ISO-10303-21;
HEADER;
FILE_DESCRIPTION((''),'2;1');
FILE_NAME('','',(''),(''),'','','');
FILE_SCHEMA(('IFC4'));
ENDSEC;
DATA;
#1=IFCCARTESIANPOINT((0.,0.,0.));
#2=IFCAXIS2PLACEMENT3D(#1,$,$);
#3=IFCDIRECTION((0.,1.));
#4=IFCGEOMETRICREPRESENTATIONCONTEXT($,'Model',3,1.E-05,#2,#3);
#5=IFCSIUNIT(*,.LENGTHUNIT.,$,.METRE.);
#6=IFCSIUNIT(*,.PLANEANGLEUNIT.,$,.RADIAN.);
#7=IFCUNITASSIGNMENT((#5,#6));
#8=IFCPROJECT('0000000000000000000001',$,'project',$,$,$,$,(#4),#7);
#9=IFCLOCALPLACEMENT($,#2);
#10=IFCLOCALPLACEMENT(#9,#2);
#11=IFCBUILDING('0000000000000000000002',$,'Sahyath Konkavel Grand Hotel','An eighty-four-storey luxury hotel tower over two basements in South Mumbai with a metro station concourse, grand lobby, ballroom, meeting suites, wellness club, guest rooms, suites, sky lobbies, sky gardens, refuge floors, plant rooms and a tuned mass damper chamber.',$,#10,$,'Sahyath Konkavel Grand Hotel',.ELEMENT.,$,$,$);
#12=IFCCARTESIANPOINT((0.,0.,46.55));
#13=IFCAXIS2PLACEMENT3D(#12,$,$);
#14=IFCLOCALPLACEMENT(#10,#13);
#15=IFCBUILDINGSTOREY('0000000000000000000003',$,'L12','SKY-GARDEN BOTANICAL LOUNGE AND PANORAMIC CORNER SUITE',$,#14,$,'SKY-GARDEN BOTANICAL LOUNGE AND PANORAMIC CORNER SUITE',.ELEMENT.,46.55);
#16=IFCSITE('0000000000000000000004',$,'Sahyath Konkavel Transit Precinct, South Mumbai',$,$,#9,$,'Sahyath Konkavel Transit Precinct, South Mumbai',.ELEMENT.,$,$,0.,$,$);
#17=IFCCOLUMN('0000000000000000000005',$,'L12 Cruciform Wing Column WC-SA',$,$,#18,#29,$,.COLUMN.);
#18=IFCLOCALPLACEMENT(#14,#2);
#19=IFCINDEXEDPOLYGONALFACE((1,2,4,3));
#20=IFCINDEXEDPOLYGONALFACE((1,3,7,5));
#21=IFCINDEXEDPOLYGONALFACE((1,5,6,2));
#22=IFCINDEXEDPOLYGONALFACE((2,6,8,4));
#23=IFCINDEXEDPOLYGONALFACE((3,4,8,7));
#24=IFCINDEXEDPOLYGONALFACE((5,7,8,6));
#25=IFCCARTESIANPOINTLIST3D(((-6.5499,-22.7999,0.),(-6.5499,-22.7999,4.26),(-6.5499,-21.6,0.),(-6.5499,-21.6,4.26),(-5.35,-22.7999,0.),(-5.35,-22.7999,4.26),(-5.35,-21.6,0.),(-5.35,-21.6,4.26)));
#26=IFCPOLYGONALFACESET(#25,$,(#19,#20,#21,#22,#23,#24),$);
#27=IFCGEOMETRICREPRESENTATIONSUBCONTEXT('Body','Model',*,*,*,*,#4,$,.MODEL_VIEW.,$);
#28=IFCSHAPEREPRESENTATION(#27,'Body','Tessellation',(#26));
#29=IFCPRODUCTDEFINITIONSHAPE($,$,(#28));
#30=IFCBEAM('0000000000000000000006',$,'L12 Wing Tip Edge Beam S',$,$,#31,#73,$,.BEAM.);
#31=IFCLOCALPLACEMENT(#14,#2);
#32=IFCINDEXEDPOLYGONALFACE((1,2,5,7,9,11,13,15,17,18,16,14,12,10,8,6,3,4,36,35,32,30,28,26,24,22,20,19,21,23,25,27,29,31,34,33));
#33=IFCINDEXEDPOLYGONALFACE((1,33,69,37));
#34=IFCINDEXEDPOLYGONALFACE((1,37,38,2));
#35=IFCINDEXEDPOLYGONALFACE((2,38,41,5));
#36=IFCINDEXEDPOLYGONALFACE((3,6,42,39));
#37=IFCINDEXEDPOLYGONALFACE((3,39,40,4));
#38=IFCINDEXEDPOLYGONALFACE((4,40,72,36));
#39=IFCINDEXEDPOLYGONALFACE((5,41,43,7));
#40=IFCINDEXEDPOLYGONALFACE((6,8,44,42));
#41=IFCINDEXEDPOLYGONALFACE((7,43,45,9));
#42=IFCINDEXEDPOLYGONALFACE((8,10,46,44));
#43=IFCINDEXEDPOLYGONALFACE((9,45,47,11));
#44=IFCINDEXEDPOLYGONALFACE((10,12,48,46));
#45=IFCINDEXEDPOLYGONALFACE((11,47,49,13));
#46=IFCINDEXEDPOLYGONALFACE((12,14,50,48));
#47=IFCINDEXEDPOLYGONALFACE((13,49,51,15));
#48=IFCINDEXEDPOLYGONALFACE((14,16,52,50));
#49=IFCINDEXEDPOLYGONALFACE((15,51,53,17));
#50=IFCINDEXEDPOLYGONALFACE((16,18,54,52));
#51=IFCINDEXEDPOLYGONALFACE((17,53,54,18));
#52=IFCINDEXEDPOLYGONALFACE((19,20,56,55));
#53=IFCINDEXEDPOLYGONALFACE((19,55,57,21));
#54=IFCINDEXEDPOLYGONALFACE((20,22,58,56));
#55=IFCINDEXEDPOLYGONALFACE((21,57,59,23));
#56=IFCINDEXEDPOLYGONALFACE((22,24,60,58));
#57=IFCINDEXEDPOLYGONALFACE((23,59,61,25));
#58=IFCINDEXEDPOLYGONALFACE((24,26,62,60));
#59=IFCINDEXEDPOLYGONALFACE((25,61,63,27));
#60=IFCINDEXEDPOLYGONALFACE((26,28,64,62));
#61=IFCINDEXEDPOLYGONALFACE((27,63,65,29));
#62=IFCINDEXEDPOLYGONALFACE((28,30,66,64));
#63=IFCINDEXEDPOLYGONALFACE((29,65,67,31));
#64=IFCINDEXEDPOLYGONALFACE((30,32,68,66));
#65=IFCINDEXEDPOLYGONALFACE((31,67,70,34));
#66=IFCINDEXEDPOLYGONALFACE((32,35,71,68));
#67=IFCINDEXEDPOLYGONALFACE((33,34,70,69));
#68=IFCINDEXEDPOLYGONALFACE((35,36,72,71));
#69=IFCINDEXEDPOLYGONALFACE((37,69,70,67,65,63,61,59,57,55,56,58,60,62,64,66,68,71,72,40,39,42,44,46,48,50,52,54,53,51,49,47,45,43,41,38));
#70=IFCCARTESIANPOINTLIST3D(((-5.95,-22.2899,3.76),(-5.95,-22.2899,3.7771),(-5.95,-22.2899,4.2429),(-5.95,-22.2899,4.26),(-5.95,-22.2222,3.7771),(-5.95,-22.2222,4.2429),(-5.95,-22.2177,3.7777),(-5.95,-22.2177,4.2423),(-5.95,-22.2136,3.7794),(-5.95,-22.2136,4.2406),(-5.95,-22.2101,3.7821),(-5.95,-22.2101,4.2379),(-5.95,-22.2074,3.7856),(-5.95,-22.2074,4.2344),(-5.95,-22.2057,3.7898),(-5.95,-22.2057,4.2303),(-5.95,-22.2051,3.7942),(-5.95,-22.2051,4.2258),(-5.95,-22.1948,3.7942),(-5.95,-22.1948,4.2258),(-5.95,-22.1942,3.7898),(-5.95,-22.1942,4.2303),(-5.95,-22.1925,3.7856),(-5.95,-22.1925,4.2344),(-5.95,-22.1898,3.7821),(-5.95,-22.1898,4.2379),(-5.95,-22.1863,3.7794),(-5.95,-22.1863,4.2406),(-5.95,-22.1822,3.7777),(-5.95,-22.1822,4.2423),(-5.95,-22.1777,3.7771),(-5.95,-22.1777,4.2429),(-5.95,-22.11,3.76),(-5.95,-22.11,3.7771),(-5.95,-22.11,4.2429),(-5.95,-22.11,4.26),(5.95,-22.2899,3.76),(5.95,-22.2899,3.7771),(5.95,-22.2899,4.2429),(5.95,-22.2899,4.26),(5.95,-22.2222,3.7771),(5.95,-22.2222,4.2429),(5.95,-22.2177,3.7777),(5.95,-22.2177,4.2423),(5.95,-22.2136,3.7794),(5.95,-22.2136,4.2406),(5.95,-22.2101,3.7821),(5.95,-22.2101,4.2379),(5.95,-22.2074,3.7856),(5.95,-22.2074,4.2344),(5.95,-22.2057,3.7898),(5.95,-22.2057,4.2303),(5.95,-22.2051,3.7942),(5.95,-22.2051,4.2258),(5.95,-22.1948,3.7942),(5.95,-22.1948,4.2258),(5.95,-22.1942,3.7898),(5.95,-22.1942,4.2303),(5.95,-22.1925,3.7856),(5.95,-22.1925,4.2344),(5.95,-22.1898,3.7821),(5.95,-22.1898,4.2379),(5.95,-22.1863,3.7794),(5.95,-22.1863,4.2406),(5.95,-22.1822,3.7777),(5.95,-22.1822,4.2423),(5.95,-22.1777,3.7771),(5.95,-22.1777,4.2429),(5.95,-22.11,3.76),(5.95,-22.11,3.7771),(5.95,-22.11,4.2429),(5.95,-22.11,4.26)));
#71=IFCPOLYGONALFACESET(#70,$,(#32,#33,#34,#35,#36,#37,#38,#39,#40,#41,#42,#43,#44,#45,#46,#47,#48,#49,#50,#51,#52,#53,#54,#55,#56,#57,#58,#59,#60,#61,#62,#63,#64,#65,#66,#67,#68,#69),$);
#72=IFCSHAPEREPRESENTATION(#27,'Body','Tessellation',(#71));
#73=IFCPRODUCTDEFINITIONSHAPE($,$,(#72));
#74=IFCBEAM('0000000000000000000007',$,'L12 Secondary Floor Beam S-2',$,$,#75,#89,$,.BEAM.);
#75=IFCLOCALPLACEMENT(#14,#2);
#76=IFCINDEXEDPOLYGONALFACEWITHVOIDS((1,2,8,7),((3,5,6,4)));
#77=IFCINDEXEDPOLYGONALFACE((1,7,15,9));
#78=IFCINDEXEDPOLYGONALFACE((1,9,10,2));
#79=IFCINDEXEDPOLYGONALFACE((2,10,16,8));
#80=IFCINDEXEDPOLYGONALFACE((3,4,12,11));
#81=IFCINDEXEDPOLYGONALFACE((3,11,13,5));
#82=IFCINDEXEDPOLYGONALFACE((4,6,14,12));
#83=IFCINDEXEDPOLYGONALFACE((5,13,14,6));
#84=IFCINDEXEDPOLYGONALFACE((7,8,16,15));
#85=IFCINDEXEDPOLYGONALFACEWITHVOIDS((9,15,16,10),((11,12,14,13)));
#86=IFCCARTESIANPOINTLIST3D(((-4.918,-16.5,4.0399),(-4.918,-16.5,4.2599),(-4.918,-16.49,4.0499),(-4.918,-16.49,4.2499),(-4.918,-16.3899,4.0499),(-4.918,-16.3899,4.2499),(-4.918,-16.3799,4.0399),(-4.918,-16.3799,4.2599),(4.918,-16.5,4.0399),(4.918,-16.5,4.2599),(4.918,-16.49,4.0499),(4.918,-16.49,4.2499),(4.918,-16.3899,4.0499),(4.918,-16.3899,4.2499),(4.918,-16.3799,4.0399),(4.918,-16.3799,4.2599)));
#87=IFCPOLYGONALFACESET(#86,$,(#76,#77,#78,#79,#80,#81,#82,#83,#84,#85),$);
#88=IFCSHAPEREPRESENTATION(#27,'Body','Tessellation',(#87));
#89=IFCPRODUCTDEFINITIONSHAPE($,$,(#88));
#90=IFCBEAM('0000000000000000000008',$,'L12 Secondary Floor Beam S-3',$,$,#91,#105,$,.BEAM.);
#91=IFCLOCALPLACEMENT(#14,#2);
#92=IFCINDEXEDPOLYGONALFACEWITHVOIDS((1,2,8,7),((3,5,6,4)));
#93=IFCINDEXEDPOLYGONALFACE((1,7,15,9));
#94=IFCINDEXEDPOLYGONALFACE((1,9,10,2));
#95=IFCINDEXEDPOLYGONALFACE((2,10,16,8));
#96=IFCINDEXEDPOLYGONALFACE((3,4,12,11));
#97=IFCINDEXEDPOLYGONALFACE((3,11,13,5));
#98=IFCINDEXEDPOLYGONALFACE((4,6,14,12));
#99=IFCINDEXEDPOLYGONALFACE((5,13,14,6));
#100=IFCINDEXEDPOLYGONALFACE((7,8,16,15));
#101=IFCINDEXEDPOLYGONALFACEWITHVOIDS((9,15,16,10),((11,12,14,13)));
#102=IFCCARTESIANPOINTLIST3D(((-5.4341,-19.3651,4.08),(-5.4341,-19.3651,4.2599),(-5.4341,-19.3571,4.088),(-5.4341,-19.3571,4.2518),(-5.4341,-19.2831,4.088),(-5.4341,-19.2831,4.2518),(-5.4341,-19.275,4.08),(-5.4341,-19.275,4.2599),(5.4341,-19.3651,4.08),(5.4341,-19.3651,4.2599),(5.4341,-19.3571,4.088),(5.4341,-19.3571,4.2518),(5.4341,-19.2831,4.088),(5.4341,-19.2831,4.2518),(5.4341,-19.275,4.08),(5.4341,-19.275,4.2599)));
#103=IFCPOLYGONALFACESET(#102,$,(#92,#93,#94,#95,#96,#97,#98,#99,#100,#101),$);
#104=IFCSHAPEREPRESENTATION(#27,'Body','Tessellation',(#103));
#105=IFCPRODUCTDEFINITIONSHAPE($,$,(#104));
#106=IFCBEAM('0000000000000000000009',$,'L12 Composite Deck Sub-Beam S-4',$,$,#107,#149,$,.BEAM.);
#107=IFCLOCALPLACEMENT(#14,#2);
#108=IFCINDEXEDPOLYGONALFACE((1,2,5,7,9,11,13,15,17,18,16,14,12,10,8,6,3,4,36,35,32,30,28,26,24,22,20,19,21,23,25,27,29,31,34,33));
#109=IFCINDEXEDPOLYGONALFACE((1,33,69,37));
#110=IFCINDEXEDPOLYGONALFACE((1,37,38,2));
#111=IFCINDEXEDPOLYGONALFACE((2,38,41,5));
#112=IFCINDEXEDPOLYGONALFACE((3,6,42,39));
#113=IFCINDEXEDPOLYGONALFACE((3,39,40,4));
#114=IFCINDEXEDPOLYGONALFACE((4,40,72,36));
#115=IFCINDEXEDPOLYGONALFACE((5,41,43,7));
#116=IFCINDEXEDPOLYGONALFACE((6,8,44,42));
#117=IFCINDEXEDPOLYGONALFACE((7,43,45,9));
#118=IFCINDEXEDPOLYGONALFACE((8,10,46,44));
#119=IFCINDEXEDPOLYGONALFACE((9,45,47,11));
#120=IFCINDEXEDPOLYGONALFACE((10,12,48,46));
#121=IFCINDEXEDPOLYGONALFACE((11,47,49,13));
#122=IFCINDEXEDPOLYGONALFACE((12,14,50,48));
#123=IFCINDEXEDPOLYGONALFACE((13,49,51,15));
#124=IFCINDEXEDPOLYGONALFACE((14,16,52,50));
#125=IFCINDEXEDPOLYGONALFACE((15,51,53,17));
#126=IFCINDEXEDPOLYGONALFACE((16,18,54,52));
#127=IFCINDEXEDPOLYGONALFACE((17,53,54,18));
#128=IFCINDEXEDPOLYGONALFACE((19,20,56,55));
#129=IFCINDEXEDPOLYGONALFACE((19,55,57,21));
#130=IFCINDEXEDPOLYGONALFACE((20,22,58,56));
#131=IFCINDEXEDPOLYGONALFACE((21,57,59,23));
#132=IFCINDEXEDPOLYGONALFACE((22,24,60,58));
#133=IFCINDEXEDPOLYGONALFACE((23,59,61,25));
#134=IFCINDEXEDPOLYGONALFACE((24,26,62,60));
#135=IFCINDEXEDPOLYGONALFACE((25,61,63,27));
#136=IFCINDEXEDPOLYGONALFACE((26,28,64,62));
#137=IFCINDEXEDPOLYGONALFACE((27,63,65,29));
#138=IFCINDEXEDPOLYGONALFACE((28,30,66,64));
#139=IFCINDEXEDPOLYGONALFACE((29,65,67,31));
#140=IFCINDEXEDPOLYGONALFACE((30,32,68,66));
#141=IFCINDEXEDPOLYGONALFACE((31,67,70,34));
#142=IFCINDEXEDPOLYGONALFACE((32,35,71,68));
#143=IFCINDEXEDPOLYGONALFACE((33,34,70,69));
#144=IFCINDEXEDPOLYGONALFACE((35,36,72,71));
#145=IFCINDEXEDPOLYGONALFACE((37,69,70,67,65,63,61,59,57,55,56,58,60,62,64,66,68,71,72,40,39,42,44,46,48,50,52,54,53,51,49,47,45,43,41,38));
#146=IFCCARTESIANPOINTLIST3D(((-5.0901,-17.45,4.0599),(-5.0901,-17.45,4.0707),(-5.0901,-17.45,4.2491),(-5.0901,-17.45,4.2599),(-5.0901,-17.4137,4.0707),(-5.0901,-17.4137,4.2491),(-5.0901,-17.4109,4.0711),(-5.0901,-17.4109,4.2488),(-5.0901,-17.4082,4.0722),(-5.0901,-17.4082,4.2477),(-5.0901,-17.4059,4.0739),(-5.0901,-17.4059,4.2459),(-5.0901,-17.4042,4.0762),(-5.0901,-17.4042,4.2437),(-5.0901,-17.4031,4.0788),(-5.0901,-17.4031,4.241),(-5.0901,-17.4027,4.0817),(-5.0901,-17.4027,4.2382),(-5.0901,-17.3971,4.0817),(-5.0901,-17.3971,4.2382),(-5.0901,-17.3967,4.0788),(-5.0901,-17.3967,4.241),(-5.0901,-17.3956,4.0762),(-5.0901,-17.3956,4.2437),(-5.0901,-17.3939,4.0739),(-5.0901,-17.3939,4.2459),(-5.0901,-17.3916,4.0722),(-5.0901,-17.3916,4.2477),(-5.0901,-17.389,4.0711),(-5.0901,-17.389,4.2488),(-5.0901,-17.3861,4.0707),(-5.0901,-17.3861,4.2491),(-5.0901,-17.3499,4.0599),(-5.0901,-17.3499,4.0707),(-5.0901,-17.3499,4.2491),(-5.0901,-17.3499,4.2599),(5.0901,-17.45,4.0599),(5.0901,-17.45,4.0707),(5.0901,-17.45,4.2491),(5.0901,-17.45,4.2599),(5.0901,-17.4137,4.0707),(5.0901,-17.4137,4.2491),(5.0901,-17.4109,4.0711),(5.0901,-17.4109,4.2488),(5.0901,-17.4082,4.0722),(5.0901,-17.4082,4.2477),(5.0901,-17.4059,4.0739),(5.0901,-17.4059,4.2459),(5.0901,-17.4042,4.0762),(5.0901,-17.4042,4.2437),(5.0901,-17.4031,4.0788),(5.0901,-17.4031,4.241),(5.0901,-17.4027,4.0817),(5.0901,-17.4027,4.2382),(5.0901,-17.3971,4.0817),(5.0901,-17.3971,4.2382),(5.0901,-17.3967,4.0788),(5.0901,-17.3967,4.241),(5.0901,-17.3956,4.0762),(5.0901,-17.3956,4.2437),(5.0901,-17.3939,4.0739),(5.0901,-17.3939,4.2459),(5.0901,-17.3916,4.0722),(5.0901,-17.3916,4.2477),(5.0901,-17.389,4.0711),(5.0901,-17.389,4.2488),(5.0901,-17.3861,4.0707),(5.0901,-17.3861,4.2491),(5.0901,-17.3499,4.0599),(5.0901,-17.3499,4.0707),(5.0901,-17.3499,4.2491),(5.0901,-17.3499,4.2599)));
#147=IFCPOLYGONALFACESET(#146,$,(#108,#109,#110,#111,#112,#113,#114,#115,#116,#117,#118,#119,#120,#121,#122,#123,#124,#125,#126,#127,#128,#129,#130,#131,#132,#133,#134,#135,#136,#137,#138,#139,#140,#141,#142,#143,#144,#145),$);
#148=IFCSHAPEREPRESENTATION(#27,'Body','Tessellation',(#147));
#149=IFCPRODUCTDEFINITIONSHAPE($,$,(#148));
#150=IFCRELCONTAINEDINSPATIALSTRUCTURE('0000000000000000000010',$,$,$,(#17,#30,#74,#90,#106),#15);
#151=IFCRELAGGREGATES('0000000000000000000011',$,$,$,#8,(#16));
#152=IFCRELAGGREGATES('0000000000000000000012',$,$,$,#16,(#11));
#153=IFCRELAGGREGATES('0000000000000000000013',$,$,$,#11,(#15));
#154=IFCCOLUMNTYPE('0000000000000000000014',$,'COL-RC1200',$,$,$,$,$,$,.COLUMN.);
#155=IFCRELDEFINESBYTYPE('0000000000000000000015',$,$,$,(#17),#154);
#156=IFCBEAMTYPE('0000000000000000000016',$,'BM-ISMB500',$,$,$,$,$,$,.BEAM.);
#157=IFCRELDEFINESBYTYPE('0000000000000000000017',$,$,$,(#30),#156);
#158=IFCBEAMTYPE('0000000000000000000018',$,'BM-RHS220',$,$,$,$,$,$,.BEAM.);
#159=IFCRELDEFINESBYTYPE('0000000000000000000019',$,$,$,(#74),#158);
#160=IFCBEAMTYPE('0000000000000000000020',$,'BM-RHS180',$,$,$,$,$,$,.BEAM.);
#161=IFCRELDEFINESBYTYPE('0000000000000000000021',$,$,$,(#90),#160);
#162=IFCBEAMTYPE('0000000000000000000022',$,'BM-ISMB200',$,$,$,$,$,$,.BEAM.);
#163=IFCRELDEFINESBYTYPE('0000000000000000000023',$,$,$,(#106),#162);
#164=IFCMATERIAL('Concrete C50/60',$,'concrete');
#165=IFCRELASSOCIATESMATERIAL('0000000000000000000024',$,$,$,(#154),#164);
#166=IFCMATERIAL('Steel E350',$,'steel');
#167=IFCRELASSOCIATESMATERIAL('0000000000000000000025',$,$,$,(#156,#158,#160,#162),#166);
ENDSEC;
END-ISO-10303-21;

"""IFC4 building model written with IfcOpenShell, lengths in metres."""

from ifc_helpers import new_model, si_unit, direction, frame, origin, origin_2d, place, context, subcontext, project, spatial, rectangle, hollow_rectangle, i_section, extrude, source, transform, mapped, material, material_profile, profile_set, type_object, element, save


model = new_model("IFC4")

# Units and contexts
model_context = context("Model", 3, precision=1e-05, world=origin(), true_north=direction((0.0, 1.0)))
body_context = subcontext(model_context, "Body", "Model", "MODEL_VIEW")
ifc_project = project(units=[si_unit("LENGTHUNIT", "METRE"), si_unit("PLANEANGLEUNIT", "RADIAN")], contexts=[model_context])

# Site, building, storey
site_placement = place(None, origin())
site = spatial("IfcSite", under=ifc_project, at=site_placement, Name="Sahyath Konkavel Transit Precinct, South Mumbai", LongName="Sahyath Konkavel Transit Precinct, South Mumbai", CompositionType="ELEMENT", RefElevation=0.0)
building_placement = place(site_placement, origin())
building = spatial("IfcBuilding", under=site, at=building_placement, Name="Sahyath Konkavel Grand Hotel", Description="An eighty-four-storey luxury hotel tower over two basements in South Mumbai with a metro station concourse, grand lobby, ballroom, meeting suites, wellness club, guest rooms, suites, sky lobbies, sky gardens, refuge floors, plant rooms and a tuned mass damper chamber.", LongName="Sahyath Konkavel Grand Hotel", CompositionType="ELEMENT")
storey_placement = place(building_placement, frame((0.0, 0.0, 46.55)))
storey = spatial("IfcBuildingStorey", under=building, at=storey_placement, Name="L12", Description="SKY-GARDEN BOTANICAL LOUNGE AND PANORAMIC CORNER SUITE", LongName="SKY-GARDEN BOTANICAL LOUNGE AND PANORAMIC CORNER SUITE", CompositionType="ELEMENT", Elevation=46.55)

# Column
ifc_material_1 = material(Name="Concrete C50/60", Category="concrete")
ifc_material_profile_1 = material_profile(ifc_material_1, rectangle(XDim=1.2, YDim=1.2, at=origin_2d()), Name="RC 1200x1200")
ifc_profile_set_1 = profile_set([ifc_material_profile_1], Name="Concrete C50/60")
column_type = type_object("IfcColumnType", Name="COL-RC1200", PredefinedType="COLUMN", material=ifc_profile_set_1)
shared_shape_1 = source(origin(), body_context, "Body", "SweptSolid", [
    extrude(rectangle(XDim=1.2, YDim=1.2, at=origin_2d()), origin(), (0.0, 0.0, 1.0), 4.26),
])
column_placement = place(storey_placement, frame((-5.95, -22.2, 0.0), z_axis=(0.0, 0.0, 1.0), x_axis=(1.0, 0.0, 0.0)))
element("IfcColumn", 1, at=column_placement, inside=storey, type_object=column_type, Name="L12 Cruciform Wing Column WC-SA", PredefinedType="COLUMN", context=body_context, shape_type="MappedRepresentation", body=[
    mapped(shared_shape_1, transform((0.0, 0.0, 0.0), scale=1.0)),
])

# Beams
ifc_material_2 = material(Name="Steel E350", Category="steel")
ifc_material_profile_2 = material_profile(ifc_material_2, i_section(OverallWidth=0.1799, OverallDepth=0.5, WebThickness=0.0103, FlangeThickness=0.0171, FilletRadius=0.0171, at=origin_2d()), Name="ISMB 500")
ifc_profile_set_2 = profile_set([ifc_material_profile_2], Name="Steel E350")
beam_type_1 = type_object("IfcBeamType", Name="BM-ISMB500", PredefinedType="BEAM", material=ifc_profile_set_2)
shared_shape_2 = source(origin(), body_context, "Body", "SweptSolid", [
    extrude(i_section(OverallWidth=0.1799, OverallDepth=0.5, WebThickness=0.0103, FlangeThickness=0.0171, FilletRadius=0.0171, at=origin_2d()), origin(), (0.0, 0.0, 1.0), 11.8999),
])
beam_1_placement = place(storey_placement, frame((-5.95, -22.2, 4.01), z_axis=(1.0, 0.0, 0.0), x_axis=(0.0, 1.0, 0.0)))
element("IfcBeam", 2, at=beam_1_placement, inside=storey, type_object=beam_type_1, Name="L12 Wing Tip Edge Beam S", PredefinedType="BEAM", context=body_context, shape_type="MappedRepresentation", body=[
    mapped(shared_shape_2, transform((0.0, 0.0, 0.0), scale=1.0)),
])
ifc_material_profile_3 = material_profile(ifc_material_2, hollow_rectangle(XDim=0.1201, YDim=0.22, WallThickness=0.01, at=origin_2d()), Name="RHS 220x120x10")
ifc_profile_set_3 = profile_set([ifc_material_profile_3], Name="Steel E350")
beam_type_2 = type_object("IfcBeamType", Name="BM-RHS220", PredefinedType="BEAM", material=ifc_profile_set_3)
shared_shape_3 = source(origin(), body_context, "Body", "SweptSolid", [
    extrude(hollow_rectangle(XDim=0.1201, YDim=0.22, WallThickness=0.01, at=origin_2d()), origin(), (0.0, 0.0, 1.0), 9.8359),
])
beam_2_placement = place(storey_placement, frame((-4.918, -16.4399, 4.1499), z_axis=(1.0, 0.0, 0.0), x_axis=(0.0, 1.0, 0.0)))
element("IfcBeam", 3, at=beam_2_placement, inside=storey, type_object=beam_type_2, Name="L12 Secondary Floor Beam S-2", PredefinedType="BEAM", context=body_context, shape_type="MappedRepresentation", body=[
    mapped(shared_shape_3, transform((0.0, 0.0, 0.0), scale=1.0)),
])
ifc_material_profile_4 = material_profile(ifc_material_2, hollow_rectangle(XDim=0.0901, YDim=0.1799, WallThickness=0.0081, at=origin_2d()), Name="RHS 180x90x8")
ifc_profile_set_4 = profile_set([ifc_material_profile_4], Name="Steel E350")
beam_type_3 = type_object("IfcBeamType", Name="BM-RHS180", PredefinedType="BEAM", material=ifc_profile_set_4)
shared_shape_4 = source(origin(), body_context, "Body", "SweptSolid", [
    extrude(hollow_rectangle(XDim=0.0901, YDim=0.1799, WallThickness=0.0081, at=origin_2d()), origin(), (0.0, 0.0, 1.0), 10.8682),
])
beam_3_placement = place(storey_placement, frame((-5.4341, -19.3201, 4.1699), z_axis=(1.0, 0.0, 0.0), x_axis=(0.0, 1.0, 0.0)))
element("IfcBeam", 4, at=beam_3_placement, inside=storey, type_object=beam_type_3, Name="L12 Secondary Floor Beam S-3", PredefinedType="BEAM", context=body_context, shape_type="MappedRepresentation", body=[
    mapped(shared_shape_4, transform((0.0, 0.0, 0.0), scale=1.0)),
])
ifc_material_profile_5 = material_profile(ifc_material_2, i_section(OverallWidth=0.1001, OverallDepth=0.2, WebThickness=0.0056, FlangeThickness=0.0107, FilletRadius=0.011, at=origin_2d()), Name="ISMB 200")
ifc_profile_set_5 = profile_set([ifc_material_profile_5], Name="Steel E350")
beam_type_4 = type_object("IfcBeamType", Name="BM-ISMB200", PredefinedType="BEAM", material=ifc_profile_set_5)
shared_shape_5 = source(origin(), body_context, "Body", "SweptSolid", [
    extrude(i_section(OverallWidth=0.1001, OverallDepth=0.2, WebThickness=0.0056, FlangeThickness=0.0107, FilletRadius=0.011, at=origin_2d()), origin(), (0.0, 0.0, 1.0), 10.1802),
])
beam_4_placement = place(storey_placement, frame((-5.0901, -17.3999, 4.1599), z_axis=(1.0, 0.0, 0.0), x_axis=(0.0, 1.0, 0.0)))
element("IfcBeam", 5, at=beam_4_placement, inside=storey, type_object=beam_type_4, Name="L12 Composite Deck Sub-Beam S-4", PredefinedType="BEAM", context=body_context, shape_type="MappedRepresentation", body=[
    mapped(shared_shape_5, transform((0.0, 0.0, 0.0), scale=1.0)),
])

save(model, "model.ifc")
